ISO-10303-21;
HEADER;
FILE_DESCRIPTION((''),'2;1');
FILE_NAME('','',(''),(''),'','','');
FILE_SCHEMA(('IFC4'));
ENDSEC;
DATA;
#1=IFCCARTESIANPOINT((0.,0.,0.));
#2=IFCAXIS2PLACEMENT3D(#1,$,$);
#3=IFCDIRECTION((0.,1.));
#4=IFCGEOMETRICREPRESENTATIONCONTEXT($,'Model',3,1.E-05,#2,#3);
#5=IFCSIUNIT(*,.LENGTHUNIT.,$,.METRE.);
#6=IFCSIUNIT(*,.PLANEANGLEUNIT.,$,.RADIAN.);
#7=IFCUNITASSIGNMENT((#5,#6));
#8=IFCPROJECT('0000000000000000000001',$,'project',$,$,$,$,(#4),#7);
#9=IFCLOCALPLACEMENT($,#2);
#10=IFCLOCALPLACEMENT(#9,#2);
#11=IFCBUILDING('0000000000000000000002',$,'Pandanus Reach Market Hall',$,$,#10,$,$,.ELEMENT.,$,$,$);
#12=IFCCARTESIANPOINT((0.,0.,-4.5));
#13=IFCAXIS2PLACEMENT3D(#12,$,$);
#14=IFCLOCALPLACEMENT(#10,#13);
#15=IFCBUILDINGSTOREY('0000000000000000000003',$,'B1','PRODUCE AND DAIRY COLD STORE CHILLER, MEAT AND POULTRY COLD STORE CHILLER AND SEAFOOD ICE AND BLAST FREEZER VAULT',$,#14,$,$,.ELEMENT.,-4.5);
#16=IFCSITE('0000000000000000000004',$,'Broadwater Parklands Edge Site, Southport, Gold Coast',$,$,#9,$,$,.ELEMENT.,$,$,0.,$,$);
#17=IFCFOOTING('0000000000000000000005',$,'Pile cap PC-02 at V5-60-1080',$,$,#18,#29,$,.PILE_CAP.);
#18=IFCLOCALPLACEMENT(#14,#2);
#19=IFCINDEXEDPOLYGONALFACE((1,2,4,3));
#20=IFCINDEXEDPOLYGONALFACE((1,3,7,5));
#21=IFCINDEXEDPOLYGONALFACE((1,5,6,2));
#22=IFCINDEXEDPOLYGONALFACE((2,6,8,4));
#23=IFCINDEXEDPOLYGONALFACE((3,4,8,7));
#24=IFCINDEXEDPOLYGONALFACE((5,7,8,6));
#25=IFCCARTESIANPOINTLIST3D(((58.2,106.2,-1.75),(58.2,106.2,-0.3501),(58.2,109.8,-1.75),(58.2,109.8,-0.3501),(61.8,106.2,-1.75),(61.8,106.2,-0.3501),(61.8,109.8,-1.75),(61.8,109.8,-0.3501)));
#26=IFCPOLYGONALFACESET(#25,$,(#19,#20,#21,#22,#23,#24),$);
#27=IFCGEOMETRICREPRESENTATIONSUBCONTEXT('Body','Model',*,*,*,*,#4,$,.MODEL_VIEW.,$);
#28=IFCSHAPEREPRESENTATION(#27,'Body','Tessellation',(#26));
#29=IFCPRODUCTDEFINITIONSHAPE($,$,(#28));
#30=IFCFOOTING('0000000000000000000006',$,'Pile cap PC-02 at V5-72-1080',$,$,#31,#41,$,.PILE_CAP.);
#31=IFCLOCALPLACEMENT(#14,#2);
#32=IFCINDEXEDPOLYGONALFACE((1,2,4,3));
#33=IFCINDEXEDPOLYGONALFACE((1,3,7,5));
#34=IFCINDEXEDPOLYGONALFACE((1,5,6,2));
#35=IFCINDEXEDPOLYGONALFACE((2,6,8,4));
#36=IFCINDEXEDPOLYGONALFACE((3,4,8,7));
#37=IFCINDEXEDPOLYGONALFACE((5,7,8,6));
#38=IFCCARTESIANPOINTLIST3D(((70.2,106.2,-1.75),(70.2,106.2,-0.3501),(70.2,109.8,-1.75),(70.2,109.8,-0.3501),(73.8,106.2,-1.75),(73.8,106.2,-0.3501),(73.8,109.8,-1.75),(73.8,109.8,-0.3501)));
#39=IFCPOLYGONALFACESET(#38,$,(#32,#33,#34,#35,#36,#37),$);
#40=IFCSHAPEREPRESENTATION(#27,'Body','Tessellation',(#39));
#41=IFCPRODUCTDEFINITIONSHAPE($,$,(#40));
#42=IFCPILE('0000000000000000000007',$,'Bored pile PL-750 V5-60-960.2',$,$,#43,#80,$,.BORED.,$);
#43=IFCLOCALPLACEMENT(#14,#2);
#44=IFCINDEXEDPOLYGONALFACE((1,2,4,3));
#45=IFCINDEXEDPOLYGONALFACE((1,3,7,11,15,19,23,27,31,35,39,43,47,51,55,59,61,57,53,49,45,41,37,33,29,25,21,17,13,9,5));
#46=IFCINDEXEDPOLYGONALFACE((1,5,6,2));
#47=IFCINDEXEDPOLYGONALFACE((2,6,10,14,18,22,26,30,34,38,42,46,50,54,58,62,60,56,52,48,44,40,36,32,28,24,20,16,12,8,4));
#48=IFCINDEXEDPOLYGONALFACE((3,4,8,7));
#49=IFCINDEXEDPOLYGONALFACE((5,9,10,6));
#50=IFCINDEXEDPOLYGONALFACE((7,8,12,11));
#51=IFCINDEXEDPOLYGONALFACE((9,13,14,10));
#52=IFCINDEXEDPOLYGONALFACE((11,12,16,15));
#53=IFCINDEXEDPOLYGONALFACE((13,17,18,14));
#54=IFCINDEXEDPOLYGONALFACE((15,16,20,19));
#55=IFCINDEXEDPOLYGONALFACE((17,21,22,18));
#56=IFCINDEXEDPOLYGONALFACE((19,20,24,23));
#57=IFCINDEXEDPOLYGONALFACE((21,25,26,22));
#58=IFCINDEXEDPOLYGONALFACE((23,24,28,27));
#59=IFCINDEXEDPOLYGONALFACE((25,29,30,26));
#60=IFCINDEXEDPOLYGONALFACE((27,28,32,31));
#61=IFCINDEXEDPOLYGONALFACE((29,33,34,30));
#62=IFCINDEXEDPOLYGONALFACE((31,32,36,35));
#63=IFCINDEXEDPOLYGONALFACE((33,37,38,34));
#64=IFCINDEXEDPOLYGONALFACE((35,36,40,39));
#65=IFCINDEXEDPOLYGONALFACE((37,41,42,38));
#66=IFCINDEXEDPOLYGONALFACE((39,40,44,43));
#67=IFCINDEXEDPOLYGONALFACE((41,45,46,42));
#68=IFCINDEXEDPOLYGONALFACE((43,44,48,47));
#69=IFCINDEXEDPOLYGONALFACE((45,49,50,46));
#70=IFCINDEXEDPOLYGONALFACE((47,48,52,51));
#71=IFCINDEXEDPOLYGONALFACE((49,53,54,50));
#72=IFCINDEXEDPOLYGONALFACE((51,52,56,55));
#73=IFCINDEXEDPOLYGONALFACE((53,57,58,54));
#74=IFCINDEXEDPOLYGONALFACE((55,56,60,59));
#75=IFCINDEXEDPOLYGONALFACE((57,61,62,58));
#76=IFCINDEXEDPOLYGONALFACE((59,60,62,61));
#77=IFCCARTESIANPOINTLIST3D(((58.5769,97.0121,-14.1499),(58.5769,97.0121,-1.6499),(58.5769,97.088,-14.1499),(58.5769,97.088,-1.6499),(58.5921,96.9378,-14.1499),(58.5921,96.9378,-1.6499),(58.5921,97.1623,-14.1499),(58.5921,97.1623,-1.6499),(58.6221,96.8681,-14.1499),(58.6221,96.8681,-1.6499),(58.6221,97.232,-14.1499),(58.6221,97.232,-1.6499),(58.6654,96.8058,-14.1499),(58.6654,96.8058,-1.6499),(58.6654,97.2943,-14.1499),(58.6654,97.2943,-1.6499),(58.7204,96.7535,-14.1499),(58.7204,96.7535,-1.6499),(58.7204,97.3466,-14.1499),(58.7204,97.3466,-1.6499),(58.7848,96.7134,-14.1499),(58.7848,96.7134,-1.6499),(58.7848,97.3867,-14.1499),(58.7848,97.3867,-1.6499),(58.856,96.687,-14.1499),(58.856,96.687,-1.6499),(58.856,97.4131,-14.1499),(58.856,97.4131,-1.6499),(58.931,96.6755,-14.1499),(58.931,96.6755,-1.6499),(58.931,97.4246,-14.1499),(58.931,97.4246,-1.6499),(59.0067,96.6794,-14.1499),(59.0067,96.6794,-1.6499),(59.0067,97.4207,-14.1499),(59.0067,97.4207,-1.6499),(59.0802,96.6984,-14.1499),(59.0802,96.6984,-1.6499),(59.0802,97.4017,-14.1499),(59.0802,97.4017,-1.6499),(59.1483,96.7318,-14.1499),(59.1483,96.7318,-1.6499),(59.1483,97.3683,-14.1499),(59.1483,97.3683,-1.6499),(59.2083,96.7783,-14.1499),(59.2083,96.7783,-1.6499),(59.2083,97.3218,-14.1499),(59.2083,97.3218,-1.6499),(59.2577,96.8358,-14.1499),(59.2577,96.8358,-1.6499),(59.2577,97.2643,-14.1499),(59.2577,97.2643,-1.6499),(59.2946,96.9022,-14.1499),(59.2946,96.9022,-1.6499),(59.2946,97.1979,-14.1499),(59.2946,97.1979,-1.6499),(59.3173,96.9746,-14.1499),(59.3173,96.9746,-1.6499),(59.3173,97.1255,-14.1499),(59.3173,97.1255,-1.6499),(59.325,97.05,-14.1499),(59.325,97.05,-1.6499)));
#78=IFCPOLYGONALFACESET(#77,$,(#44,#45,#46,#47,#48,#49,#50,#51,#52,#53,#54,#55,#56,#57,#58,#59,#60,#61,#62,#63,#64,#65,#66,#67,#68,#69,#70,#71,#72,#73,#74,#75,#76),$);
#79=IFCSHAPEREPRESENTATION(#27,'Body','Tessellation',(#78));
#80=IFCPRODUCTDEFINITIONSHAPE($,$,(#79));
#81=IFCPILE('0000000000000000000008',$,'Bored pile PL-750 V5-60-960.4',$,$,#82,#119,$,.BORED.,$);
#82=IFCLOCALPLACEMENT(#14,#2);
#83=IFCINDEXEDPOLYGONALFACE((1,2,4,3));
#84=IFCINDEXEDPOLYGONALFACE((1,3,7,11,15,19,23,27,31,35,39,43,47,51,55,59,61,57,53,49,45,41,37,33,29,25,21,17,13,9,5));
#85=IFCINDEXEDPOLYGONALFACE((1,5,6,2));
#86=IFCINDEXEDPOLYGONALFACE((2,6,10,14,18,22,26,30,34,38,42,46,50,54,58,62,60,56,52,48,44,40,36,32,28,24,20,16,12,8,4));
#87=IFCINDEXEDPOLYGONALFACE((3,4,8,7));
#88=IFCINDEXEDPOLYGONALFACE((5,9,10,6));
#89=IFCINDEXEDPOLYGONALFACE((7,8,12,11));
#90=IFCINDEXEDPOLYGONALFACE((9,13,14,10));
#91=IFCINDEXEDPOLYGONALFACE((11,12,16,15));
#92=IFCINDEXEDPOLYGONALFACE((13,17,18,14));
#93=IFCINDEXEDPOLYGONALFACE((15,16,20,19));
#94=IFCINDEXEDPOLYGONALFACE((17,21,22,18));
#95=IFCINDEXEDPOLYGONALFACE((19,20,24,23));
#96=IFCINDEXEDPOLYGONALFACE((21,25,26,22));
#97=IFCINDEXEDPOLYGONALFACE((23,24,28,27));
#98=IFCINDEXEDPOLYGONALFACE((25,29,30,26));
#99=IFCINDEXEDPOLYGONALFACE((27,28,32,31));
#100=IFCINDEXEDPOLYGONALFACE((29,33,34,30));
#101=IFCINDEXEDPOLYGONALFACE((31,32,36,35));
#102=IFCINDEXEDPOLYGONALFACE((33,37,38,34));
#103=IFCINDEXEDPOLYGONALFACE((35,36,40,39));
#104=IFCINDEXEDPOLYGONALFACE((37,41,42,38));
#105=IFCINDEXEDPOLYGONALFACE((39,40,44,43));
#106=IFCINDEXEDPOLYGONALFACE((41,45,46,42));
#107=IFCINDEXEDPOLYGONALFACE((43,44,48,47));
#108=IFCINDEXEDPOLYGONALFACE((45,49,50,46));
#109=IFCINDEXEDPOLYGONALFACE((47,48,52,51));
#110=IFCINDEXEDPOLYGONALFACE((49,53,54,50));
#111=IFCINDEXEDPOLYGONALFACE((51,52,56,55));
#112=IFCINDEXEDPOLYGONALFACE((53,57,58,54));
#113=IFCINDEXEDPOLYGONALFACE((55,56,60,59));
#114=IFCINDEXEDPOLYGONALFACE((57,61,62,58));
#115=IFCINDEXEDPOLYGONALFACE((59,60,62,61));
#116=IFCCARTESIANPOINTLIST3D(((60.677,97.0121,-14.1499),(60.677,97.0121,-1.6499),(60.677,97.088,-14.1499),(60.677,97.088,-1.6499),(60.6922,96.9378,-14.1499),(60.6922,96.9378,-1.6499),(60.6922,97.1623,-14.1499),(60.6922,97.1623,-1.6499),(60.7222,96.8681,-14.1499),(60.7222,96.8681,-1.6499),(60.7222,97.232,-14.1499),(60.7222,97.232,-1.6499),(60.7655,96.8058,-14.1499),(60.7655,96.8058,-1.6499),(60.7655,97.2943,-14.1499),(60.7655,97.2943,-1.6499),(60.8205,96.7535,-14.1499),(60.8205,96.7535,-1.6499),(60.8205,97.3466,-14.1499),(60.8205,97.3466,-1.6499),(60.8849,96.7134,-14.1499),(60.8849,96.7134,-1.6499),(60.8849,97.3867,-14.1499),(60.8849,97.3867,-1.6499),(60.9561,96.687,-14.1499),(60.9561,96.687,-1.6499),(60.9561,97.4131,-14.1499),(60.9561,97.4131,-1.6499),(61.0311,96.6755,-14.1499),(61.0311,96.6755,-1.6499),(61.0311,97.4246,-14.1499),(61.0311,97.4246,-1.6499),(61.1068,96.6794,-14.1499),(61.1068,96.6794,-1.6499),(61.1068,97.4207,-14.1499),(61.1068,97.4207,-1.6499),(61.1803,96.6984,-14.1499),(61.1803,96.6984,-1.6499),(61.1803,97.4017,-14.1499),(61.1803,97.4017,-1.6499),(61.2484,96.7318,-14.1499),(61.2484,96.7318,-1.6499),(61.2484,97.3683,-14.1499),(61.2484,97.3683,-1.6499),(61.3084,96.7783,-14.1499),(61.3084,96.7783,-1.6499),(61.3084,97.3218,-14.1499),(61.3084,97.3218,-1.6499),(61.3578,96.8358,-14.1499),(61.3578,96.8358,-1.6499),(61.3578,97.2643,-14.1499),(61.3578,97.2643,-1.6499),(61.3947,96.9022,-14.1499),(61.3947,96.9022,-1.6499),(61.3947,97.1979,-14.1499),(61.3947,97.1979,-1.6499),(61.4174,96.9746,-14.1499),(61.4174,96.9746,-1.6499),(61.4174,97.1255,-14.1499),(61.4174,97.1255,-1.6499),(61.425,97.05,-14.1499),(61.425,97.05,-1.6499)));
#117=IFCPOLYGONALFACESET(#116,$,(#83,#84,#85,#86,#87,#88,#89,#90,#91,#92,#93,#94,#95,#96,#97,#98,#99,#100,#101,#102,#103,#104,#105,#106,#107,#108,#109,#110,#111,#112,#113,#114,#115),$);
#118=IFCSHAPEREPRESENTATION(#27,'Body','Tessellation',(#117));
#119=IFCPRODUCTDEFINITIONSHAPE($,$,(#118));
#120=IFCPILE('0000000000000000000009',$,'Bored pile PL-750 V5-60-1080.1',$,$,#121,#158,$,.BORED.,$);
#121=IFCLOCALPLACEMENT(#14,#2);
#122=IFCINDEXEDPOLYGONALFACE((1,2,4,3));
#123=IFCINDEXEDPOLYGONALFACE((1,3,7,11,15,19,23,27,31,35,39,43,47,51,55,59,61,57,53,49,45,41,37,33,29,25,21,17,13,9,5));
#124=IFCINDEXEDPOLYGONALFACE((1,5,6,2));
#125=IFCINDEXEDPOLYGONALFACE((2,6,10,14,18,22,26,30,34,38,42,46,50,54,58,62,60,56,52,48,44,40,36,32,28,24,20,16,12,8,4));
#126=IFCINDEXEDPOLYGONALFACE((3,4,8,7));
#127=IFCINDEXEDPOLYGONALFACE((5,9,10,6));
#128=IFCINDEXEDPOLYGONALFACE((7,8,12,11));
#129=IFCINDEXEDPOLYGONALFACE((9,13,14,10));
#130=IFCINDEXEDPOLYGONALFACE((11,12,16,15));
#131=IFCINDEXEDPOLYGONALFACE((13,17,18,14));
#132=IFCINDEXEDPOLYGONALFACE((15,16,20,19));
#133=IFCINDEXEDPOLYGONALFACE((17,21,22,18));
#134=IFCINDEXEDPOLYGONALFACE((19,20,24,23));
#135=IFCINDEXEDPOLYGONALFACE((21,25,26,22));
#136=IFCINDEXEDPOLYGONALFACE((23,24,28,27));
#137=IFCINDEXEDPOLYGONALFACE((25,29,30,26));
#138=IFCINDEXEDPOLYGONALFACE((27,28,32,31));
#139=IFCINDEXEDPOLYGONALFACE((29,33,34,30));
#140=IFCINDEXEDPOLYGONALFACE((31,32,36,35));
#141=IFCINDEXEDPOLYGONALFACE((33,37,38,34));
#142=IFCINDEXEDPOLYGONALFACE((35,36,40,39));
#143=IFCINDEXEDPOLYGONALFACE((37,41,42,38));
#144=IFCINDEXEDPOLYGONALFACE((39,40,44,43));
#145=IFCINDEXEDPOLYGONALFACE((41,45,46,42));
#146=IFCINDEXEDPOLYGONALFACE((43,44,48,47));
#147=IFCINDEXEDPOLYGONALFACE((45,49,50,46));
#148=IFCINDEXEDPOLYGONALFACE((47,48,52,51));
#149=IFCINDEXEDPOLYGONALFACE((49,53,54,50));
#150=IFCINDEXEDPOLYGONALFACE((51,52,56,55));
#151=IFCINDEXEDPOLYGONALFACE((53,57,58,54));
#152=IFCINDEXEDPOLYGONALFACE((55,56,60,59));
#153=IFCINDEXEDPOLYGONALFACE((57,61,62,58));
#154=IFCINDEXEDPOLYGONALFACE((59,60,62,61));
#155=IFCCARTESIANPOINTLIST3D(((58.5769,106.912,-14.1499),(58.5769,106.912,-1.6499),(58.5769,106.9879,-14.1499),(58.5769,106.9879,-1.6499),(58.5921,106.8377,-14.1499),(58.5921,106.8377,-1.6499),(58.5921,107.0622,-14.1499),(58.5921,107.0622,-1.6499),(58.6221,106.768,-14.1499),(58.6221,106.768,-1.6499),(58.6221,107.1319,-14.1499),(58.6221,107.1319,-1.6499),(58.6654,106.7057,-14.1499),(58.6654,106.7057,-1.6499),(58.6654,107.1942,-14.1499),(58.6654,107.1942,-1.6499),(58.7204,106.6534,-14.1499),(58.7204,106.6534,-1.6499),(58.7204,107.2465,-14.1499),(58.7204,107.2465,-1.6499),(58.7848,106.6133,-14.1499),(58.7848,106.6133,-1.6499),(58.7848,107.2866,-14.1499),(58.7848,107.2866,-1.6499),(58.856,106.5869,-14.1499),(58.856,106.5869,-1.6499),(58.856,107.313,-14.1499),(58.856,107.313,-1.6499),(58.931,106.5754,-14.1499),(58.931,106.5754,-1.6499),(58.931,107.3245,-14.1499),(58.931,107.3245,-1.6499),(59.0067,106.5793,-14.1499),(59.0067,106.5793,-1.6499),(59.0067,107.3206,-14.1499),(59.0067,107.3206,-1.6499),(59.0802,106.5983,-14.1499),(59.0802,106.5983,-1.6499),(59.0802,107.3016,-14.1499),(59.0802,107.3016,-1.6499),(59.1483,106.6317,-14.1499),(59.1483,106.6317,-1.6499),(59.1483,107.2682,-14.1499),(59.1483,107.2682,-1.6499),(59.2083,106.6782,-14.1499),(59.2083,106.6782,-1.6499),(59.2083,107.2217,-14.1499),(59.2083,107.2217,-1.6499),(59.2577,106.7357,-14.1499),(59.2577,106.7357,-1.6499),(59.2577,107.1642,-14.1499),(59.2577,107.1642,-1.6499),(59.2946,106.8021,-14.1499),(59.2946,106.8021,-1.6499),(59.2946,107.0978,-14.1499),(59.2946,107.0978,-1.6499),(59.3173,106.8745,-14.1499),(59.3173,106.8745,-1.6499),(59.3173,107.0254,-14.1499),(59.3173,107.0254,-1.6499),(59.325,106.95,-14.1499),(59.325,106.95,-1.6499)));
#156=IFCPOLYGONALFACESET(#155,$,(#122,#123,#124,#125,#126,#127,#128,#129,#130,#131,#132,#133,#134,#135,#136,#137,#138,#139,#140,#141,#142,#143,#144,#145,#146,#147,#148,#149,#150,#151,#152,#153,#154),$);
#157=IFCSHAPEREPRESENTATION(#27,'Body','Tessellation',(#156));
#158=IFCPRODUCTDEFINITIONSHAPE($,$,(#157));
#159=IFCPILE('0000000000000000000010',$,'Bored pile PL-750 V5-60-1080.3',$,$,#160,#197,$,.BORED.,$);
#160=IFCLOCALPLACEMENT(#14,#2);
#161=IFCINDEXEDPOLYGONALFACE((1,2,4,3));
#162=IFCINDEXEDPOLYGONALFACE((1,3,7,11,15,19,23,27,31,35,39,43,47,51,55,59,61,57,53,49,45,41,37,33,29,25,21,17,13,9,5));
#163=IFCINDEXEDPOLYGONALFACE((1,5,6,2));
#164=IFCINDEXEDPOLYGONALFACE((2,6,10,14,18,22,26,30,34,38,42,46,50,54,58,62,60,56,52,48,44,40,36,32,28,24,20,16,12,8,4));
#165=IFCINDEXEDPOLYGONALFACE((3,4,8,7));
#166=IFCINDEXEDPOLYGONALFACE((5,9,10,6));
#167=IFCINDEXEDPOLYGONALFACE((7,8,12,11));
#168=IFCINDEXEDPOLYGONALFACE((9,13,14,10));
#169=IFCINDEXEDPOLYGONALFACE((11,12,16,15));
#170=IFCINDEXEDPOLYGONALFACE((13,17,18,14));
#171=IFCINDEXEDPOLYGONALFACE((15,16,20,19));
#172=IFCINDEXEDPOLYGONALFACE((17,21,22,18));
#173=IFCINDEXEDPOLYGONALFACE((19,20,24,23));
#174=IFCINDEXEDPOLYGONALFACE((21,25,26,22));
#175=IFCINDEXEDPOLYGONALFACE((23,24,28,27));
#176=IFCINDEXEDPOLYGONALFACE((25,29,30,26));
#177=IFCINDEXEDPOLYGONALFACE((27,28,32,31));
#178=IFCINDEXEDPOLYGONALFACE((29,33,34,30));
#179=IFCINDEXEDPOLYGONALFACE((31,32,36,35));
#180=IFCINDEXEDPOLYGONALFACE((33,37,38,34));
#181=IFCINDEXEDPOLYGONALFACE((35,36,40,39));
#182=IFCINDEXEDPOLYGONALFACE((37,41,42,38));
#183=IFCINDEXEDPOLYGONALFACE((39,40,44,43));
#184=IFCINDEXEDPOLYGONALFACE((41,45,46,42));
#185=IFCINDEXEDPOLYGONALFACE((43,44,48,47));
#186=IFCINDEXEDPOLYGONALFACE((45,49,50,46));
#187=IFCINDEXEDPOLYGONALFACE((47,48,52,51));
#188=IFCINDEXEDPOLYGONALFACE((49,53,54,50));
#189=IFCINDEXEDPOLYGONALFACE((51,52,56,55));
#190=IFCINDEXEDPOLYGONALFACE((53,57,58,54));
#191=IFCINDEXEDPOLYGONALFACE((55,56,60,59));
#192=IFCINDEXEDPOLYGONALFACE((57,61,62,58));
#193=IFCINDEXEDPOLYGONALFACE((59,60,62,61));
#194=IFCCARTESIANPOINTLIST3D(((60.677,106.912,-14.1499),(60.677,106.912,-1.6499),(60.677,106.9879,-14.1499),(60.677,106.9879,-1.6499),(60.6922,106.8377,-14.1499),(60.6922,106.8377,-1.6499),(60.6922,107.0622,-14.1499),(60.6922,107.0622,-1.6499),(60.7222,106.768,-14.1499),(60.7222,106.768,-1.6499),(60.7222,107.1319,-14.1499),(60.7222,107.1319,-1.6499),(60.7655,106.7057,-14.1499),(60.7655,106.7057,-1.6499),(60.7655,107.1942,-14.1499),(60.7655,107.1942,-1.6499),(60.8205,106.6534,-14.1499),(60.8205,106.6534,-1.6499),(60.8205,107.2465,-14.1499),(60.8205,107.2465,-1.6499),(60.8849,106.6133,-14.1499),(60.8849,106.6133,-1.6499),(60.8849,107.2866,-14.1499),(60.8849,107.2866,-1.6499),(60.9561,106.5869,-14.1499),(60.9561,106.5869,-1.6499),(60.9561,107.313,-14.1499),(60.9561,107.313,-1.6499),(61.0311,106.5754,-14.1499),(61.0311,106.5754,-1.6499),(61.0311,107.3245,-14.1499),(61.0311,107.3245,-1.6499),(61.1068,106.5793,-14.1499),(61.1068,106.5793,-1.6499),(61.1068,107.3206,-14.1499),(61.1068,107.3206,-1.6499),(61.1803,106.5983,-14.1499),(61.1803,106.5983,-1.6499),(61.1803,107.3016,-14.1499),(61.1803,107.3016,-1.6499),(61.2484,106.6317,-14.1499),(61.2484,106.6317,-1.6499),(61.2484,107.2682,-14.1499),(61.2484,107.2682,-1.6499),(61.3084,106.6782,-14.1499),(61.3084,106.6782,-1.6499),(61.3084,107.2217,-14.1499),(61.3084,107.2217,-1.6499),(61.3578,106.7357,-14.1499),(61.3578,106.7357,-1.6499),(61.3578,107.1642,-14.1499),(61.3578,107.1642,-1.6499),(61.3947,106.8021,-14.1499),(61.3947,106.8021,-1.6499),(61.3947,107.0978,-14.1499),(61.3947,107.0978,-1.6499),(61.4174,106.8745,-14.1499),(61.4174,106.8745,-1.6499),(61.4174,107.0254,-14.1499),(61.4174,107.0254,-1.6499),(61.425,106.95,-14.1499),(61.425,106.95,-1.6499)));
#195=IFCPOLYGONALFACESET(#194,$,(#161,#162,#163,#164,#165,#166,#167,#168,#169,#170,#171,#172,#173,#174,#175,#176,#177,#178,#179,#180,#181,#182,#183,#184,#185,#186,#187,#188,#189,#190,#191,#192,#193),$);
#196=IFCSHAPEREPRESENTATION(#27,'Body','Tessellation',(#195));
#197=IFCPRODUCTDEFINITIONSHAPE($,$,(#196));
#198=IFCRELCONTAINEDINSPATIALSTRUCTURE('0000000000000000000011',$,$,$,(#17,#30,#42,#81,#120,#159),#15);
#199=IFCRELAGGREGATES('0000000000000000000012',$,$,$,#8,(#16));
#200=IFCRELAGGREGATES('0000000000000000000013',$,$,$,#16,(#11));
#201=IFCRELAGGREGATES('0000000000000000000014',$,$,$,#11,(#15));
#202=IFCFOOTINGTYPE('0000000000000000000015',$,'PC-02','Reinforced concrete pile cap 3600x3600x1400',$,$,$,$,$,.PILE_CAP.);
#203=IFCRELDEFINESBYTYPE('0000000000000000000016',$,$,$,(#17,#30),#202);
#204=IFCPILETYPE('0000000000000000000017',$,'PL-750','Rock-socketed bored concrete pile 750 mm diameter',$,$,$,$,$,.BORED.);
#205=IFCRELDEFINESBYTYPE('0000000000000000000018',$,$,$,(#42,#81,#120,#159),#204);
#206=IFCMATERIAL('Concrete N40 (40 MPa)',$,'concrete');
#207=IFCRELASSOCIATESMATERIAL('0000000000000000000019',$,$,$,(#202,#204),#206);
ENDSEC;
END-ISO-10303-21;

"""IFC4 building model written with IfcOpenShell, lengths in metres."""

from ifc_helpers import new_model, si_unit, direction, frame, origin, origin_2d, place, context, subcontext, project, spatial, rectangle, circle, extrude, material, material_profile, profile_set, type_object, element, save


model = new_model("IFC4")

# Units and contexts
model_context = context("Model", 3, precision=1e-05, world=origin(), true_north=direction((0.0, 1.0)))
body_context = subcontext(model_context, "Body", "Model", "MODEL_VIEW")
ifc_project = project(units=[si_unit("LENGTHUNIT", "METRE"), si_unit("PLANEANGLEUNIT", "RADIAN")], contexts=[model_context])

# Site, building, storey
site_placement = place(None, origin())
site = spatial("IfcSite", under=ifc_project, at=site_placement, Name="Broadwater Parklands Edge Site, Southport, Gold Coast", CompositionType="ELEMENT", RefElevation=0.0)
building_placement = place(site_placement, origin())
building = spatial("IfcBuilding", under=site, at=building_placement, Name="Pandanus Reach Market Hall", CompositionType="ELEMENT")
storey_placement = place(building_placement, frame((0.0, 0.0, -4.5)))
storey = spatial("IfcBuildingStorey", under=building, at=storey_placement, Name="B1", Description="PRODUCE AND DAIRY COLD STORE CHILLER, MEAT AND POULTRY COLD STORE CHILLER AND SEAFOOD ICE AND BLAST FREEZER VAULT", CompositionType="ELEMENT", Elevation=-4.5)

# Footings
ifc_material_1 = material(Name="Concrete N40 (40 MPa)", Category="concrete")
footing_type_1 = type_object("IfcFootingType", Name="PC-02", Description="Reinforced concrete pile cap 3600x3600x1400", PredefinedType="PILE_CAP", material=ifc_material_1)
for number, where, z_axis, x_axis, name in (
    (1, (60.0, 108.0, -1.75), (0.0, 0.0, 1.0), (1.0, 0.0, 0.0), "Pile cap PC-02 at V5-60-1080"),
    (2, (72.0, 108.0, -1.75), (0.0, 0.0, 1.0), (1.0, 0.0, 0.0), "Pile cap PC-02 at V5-72-1080"),
):
    element("IfcFooting", number, at=place(storey_placement, frame(where, z_axis=z_axis, x_axis=x_axis)), inside=storey, type_object=footing_type_1, Name=name, PredefinedType="PILE_CAP", context=body_context, shape_type="SweptSolid", body=[
        extrude(rectangle(XDim=3.6001, YDim=3.6001, at=origin_2d()), origin(), (0.0, 0.0, 1.0), 1.3999),
    ])

# Piles
ifc_material_profile_1 = material_profile(ifc_material_1, circle(Radius=0.375, at=origin_2d()), Name="PILE-750D", Category="LoadBearing")
ifc_profile_set_1 = profile_set([ifc_material_profile_1], Name="Concrete N40 (40 MPa)")
pile_type = type_object("IfcPileType", Name="PL-750", Description="Rock-socketed bored concrete pile 750 mm diameter", PredefinedType="BORED", material=ifc_profile_set_1)
for number, where, z_axis, x_axis, name in (
    (3, (58.95, 97.05, -1.6499), (0.0, 0.0, -1.0), (1.0, 0.0, 0.0), "Bored pile PL-750 V5-60-960.2"),
    (4, (61.05, 97.05, -1.6499), (0.0, 0.0, -1.0), (1.0, 0.0, 0.0), "Bored pile PL-750 V5-60-960.4"),
    (5, (58.95, 106.95, -1.6499), (0.0, 0.0, -1.0), (1.0, 0.0, 0.0), "Bored pile PL-750 V5-60-1080.1"),
    (6, (61.05, 106.95, -1.6499), (0.0, 0.0, -1.0), (1.0, 0.0, 0.0), "Bored pile PL-750 V5-60-1080.3"),
):
    element("IfcPile", number, at=place(storey_placement, frame(where, z_axis=z_axis, x_axis=x_axis)), inside=storey, type_object=pile_type, Name=name, PredefinedType="BORED", context=body_context, shape_type="SweptSolid", body=[
        extrude(circle(Radius=0.375, at=origin_2d()), origin(), (0.0, 0.0, 1.0), 12.5),
    ])

save(model, "model.ifc")
